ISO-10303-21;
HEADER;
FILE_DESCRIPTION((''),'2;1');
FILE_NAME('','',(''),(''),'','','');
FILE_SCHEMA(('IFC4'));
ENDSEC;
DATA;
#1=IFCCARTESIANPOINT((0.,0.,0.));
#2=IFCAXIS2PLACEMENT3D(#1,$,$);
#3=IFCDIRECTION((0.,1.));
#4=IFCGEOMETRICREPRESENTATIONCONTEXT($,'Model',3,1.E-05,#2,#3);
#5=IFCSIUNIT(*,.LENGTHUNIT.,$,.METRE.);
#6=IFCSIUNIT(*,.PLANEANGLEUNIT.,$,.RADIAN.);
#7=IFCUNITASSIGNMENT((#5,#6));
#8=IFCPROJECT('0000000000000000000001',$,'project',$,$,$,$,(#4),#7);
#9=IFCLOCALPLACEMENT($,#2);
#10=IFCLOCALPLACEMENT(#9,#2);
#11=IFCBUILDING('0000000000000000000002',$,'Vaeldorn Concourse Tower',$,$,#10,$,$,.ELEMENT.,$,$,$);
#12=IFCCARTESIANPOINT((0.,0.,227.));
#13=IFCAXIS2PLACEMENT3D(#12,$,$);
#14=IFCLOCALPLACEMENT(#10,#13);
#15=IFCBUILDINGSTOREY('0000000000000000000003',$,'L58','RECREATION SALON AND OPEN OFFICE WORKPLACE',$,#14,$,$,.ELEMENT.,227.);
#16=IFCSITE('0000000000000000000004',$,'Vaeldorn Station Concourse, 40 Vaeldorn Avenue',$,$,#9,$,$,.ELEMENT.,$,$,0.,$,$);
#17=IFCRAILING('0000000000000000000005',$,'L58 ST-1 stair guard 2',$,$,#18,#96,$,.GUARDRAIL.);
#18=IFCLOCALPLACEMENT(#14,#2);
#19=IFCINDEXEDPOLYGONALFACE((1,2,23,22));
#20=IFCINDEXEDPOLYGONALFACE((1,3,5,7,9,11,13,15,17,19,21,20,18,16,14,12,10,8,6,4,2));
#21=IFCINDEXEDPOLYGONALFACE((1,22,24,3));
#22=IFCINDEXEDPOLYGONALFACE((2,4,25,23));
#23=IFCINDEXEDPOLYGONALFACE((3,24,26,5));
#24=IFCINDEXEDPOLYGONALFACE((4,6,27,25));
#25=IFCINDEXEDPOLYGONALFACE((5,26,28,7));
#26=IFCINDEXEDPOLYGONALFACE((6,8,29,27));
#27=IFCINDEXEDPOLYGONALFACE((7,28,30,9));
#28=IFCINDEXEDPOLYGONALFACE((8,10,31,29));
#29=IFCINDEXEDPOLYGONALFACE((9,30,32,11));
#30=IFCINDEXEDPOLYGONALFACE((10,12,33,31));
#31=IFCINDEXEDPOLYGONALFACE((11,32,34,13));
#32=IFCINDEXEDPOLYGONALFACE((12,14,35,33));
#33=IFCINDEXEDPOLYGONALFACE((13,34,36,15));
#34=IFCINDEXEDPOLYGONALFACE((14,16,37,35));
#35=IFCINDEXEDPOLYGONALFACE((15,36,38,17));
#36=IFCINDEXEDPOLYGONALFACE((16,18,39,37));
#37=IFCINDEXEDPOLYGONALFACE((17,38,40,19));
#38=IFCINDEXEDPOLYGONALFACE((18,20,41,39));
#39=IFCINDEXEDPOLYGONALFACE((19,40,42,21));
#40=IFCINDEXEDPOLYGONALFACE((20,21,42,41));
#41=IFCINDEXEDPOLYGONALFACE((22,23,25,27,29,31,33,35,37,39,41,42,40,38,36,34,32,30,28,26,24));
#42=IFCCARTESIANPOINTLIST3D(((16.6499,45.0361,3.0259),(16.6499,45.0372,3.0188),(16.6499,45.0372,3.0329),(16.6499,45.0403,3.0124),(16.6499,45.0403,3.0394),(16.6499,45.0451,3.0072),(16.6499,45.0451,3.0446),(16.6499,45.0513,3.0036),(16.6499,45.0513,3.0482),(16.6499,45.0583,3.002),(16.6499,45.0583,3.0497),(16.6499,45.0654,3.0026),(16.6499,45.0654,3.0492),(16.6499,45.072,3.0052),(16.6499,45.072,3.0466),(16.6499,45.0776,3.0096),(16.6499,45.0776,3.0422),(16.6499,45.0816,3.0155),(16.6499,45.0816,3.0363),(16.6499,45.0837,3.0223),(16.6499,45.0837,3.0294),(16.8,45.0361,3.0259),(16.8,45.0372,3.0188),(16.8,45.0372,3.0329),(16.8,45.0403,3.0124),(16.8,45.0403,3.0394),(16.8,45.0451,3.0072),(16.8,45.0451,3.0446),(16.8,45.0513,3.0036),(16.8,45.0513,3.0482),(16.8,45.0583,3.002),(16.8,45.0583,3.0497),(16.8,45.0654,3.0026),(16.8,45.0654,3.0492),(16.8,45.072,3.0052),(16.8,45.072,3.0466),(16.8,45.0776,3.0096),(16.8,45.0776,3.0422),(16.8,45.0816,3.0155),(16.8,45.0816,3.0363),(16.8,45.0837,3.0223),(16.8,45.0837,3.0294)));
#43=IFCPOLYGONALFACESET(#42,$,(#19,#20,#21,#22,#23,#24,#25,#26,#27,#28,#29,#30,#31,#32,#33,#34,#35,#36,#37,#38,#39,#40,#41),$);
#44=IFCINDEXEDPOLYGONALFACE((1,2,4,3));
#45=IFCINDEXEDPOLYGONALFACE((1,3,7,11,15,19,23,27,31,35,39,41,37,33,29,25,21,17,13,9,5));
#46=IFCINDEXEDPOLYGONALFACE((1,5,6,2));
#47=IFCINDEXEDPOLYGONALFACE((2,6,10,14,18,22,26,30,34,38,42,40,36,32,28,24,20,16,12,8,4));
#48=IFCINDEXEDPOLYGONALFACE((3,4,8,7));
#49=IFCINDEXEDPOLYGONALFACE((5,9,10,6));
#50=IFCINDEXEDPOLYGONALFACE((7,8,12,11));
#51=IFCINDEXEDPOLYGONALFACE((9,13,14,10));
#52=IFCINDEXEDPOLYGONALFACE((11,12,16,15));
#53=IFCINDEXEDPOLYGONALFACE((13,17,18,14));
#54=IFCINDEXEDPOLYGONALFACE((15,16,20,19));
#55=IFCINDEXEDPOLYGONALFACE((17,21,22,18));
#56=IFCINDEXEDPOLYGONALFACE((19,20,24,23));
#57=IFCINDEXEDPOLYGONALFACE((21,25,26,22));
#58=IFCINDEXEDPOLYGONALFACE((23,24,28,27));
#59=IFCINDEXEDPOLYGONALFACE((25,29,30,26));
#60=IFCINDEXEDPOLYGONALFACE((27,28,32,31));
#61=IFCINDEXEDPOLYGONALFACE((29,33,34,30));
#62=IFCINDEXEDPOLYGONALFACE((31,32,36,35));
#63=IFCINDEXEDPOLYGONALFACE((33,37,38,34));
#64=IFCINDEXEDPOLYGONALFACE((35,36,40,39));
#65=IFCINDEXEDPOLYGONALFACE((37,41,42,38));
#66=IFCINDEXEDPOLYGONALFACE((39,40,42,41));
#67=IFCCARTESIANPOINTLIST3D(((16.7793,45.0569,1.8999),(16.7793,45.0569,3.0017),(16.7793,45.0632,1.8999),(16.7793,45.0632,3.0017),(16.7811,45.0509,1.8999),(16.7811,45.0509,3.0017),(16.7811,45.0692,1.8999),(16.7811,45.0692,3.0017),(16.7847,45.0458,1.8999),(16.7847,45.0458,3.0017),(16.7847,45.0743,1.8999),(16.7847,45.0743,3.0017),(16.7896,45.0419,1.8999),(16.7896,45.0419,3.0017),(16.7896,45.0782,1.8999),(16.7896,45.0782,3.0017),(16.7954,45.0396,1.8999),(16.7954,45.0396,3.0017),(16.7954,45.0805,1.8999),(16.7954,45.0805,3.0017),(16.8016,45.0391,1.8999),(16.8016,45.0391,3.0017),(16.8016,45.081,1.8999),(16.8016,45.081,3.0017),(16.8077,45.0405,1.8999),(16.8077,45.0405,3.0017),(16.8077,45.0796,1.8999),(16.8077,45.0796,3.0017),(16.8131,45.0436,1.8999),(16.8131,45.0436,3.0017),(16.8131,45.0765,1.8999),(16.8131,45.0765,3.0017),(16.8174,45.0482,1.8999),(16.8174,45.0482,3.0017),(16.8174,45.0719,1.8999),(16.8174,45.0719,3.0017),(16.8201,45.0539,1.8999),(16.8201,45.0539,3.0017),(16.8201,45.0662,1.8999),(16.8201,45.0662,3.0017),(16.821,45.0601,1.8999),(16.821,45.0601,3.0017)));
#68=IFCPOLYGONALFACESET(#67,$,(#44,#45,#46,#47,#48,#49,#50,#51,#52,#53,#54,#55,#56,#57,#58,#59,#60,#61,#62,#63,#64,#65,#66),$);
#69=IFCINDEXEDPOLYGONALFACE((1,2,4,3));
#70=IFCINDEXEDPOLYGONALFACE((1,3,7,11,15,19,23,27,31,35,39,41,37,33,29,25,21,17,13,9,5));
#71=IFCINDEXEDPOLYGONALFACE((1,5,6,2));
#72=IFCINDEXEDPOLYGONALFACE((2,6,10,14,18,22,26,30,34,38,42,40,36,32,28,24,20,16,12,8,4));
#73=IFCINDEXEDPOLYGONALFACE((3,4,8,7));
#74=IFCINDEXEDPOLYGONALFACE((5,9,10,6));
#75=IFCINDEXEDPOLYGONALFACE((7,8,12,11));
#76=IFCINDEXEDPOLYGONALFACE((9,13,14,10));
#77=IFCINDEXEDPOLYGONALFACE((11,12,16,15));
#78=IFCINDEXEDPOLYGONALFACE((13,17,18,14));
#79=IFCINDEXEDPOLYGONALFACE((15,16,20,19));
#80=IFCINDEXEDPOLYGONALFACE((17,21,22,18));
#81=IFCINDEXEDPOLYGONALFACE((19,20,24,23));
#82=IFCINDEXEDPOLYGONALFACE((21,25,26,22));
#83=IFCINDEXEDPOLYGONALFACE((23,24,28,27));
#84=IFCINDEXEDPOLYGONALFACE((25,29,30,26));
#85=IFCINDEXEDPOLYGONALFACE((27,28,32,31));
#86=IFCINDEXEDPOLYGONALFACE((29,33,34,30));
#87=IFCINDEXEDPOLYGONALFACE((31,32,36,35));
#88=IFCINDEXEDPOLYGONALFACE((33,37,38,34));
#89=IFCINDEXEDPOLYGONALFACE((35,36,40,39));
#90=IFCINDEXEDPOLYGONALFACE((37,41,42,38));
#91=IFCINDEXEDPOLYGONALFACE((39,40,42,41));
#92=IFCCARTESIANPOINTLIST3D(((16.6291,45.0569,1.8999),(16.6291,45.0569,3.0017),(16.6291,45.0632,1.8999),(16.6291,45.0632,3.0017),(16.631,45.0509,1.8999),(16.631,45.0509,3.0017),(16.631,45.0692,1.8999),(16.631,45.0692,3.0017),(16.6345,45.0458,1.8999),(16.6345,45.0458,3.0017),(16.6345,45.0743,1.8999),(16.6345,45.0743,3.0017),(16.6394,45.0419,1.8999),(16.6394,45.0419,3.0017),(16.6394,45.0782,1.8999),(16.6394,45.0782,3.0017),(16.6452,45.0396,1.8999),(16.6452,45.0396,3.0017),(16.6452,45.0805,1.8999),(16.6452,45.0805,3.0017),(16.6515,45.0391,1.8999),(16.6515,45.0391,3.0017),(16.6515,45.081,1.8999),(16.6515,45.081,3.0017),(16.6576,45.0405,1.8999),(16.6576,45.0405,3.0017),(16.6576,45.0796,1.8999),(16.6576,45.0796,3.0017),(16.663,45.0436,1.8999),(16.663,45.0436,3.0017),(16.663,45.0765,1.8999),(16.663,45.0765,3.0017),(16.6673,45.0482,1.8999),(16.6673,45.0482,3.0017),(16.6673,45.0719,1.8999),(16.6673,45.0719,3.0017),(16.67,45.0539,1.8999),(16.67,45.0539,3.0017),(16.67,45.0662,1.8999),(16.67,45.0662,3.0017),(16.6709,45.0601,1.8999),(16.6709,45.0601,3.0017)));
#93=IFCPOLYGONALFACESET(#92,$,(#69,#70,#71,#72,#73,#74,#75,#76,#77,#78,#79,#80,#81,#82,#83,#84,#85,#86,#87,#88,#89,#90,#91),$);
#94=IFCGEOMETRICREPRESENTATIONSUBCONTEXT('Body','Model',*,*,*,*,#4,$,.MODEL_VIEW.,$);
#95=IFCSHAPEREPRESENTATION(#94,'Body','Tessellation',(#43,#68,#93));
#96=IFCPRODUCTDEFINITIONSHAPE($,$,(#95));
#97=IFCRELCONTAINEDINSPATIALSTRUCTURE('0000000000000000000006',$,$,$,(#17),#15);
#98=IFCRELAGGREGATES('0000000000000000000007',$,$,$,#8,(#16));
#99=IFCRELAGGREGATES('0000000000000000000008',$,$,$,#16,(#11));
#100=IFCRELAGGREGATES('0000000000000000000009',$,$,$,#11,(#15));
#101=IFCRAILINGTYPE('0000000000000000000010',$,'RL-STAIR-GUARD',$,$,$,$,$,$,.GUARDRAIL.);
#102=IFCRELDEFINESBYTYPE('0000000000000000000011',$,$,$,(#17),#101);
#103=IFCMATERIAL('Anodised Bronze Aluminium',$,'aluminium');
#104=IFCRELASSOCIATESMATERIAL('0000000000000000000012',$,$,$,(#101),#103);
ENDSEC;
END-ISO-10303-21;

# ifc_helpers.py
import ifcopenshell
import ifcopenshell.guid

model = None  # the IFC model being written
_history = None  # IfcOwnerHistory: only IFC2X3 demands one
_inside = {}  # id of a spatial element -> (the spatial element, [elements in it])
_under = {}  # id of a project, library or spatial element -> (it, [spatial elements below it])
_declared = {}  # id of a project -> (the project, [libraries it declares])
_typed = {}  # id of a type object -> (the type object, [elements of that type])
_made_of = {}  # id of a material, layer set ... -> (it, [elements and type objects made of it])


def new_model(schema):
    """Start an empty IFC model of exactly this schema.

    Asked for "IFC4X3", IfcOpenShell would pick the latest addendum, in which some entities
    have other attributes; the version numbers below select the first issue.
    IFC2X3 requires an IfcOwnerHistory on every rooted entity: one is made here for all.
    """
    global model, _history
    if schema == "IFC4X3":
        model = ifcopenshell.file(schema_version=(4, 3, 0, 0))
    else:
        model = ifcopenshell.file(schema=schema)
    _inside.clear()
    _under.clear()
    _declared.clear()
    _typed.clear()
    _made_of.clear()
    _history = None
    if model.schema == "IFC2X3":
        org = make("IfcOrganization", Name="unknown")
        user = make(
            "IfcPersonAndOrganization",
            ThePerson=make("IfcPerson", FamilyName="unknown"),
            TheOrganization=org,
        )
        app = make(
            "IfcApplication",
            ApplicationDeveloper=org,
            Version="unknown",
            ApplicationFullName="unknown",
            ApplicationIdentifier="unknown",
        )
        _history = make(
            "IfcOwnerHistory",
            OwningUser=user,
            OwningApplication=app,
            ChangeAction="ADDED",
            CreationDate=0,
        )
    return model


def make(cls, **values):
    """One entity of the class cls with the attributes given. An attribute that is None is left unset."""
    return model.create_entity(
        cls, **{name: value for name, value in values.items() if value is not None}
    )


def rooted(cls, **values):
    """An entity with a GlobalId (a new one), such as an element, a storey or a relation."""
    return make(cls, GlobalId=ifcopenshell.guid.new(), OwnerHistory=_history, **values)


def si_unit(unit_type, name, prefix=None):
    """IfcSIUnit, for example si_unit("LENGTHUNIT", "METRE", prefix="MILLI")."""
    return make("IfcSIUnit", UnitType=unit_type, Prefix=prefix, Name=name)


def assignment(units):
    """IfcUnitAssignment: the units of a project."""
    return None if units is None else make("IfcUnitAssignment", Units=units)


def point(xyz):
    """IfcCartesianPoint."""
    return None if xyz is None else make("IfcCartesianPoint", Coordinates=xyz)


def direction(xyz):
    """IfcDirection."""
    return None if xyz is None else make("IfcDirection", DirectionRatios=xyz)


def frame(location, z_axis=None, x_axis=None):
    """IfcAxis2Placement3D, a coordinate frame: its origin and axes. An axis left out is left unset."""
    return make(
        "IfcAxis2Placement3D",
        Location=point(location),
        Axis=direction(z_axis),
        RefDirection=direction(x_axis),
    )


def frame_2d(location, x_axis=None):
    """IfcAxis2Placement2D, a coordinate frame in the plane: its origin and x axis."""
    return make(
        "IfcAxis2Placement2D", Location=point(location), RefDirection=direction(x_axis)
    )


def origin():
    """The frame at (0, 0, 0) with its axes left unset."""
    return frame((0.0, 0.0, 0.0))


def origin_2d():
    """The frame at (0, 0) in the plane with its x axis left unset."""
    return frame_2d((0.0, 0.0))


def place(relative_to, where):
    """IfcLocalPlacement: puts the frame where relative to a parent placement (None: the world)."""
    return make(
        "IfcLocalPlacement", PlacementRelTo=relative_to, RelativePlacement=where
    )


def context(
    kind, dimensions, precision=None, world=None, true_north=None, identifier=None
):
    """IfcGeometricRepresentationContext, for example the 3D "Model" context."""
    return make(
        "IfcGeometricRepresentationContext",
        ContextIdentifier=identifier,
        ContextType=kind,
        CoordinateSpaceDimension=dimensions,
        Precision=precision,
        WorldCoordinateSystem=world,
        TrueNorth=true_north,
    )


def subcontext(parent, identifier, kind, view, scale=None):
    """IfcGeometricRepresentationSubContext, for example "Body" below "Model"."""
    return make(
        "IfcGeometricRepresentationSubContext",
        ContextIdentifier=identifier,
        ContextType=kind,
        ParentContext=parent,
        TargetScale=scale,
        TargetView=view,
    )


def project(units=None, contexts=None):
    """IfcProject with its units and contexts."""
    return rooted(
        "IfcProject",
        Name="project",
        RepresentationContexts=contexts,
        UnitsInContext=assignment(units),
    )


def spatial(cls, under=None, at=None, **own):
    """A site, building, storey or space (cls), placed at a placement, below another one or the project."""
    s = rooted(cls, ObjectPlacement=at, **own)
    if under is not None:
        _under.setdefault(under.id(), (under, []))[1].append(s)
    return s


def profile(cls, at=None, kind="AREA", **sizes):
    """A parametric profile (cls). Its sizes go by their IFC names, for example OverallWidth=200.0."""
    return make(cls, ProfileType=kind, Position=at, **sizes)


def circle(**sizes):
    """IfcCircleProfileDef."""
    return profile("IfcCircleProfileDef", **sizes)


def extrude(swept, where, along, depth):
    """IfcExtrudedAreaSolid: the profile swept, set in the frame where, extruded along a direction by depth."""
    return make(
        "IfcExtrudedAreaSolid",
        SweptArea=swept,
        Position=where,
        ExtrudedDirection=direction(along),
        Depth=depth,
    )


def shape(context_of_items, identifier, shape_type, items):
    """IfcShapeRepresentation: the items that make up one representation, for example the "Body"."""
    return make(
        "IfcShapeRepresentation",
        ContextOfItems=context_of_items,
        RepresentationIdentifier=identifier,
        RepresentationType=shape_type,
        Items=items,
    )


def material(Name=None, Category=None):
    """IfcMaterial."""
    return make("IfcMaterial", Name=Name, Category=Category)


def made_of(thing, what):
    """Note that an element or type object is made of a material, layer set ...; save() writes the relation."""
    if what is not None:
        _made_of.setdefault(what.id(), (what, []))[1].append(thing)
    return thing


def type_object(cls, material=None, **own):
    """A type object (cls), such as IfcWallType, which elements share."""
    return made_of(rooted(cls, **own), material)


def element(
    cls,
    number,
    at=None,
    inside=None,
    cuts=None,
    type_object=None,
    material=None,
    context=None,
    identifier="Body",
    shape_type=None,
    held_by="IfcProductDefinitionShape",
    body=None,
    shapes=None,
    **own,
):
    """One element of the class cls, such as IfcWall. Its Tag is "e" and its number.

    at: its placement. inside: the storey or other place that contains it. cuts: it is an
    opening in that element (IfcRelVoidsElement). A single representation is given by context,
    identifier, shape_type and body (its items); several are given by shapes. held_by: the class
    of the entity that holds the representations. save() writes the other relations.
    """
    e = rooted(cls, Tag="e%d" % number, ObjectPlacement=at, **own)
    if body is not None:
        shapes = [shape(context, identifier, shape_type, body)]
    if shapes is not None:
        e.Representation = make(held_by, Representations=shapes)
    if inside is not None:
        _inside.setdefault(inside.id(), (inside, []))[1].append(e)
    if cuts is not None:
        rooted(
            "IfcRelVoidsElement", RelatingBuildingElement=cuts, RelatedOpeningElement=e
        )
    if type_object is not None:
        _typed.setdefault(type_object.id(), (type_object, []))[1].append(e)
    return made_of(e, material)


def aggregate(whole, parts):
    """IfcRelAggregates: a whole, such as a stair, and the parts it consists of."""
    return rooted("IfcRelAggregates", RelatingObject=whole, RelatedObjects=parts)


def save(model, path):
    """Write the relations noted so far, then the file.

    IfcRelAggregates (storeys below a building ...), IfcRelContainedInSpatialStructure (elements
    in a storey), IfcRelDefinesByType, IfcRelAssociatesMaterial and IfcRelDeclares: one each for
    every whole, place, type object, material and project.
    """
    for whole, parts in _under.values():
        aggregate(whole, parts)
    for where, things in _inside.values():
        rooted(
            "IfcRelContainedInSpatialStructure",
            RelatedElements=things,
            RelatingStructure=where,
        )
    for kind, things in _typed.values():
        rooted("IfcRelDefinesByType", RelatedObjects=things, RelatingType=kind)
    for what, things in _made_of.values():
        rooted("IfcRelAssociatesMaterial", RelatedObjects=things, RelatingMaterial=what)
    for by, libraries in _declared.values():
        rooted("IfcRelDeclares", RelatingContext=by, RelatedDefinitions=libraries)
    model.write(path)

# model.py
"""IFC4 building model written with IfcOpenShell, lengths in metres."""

from ifc_helpers import new_model, si_unit, direction, frame, origin, origin_2d, place, context, subcontext, project, spatial, circle, extrude, material, type_object, element, save


model = new_model("IFC4")

# Units and contexts
model_context = context("Model", 3, precision=1e-05, world=origin(), true_north=direction((0.0, 1.0)))
body_context = subcontext(model_context, "Body", "Model", "MODEL_VIEW")
ifc_project = project(units=[si_unit("LENGTHUNIT", "METRE"), si_unit("PLANEANGLEUNIT", "RADIAN")], contexts=[model_context])

# Site, building, storey
site_placement = place(None, origin())
site = spatial("IfcSite", under=ifc_project, at=site_placement, Name="Vaeldorn Station Concourse, 40 Vaeldorn Avenue", CompositionType="ELEMENT", RefElevation=0.0)
building_placement = place(site_placement, origin())
building = spatial("IfcBuilding", under=site, at=building_placement, Name="Vaeldorn Concourse Tower", CompositionType="ELEMENT")
storey_placement = place(building_placement, frame((0.0, 0.0, 227.0)))
storey = spatial("IfcBuildingStorey", under=building, at=storey_placement, Name="L58", Description="RECREATION SALON AND OPEN OFFICE WORKPLACE", CompositionType="ELEMENT", Elevation=227.0)

# Shared definitions
ifc_material_1 = material(Name="Anodised Bronze Aluminium", Category="aluminium")

# Railing
railing_type_1 = type_object("IfcRailingType", Name="RL-STAIR-GUARD", PredefinedType="GUARDRAIL", material=ifc_material_1)
railing_1_placement = place(storey_placement, frame((16.8, 45.0601, 1.8999)))
element("IfcRailing", 1, at=railing_1_placement, inside=storey, type_object=railing_type_1, Name="L58 ST-1 stair guard 2", PredefinedType="GUARDRAIL", context=body_context, shape_type="SweptSolid", body=[
    extrude(circle(Radius=0.0239, at=origin_2d()), frame((0.0, 0.0, 1.126), z_axis=(-1.0, 0.0, 0.0), x_axis=(0.0, -1.0, 0.0)), (0.0, 0.0, 1.0), 0.1501),
    extrude(circle(Radius=0.021, at=origin_2d()), origin(), (0.0, 0.0, 1.0), 1.1018),
    extrude(circle(Radius=0.021, at=origin_2d()), frame((-0.1501, 0.0, 0.0)), (0.0, 0.0, 1.0), 1.1018),
])

save(model, "model.ifc")
